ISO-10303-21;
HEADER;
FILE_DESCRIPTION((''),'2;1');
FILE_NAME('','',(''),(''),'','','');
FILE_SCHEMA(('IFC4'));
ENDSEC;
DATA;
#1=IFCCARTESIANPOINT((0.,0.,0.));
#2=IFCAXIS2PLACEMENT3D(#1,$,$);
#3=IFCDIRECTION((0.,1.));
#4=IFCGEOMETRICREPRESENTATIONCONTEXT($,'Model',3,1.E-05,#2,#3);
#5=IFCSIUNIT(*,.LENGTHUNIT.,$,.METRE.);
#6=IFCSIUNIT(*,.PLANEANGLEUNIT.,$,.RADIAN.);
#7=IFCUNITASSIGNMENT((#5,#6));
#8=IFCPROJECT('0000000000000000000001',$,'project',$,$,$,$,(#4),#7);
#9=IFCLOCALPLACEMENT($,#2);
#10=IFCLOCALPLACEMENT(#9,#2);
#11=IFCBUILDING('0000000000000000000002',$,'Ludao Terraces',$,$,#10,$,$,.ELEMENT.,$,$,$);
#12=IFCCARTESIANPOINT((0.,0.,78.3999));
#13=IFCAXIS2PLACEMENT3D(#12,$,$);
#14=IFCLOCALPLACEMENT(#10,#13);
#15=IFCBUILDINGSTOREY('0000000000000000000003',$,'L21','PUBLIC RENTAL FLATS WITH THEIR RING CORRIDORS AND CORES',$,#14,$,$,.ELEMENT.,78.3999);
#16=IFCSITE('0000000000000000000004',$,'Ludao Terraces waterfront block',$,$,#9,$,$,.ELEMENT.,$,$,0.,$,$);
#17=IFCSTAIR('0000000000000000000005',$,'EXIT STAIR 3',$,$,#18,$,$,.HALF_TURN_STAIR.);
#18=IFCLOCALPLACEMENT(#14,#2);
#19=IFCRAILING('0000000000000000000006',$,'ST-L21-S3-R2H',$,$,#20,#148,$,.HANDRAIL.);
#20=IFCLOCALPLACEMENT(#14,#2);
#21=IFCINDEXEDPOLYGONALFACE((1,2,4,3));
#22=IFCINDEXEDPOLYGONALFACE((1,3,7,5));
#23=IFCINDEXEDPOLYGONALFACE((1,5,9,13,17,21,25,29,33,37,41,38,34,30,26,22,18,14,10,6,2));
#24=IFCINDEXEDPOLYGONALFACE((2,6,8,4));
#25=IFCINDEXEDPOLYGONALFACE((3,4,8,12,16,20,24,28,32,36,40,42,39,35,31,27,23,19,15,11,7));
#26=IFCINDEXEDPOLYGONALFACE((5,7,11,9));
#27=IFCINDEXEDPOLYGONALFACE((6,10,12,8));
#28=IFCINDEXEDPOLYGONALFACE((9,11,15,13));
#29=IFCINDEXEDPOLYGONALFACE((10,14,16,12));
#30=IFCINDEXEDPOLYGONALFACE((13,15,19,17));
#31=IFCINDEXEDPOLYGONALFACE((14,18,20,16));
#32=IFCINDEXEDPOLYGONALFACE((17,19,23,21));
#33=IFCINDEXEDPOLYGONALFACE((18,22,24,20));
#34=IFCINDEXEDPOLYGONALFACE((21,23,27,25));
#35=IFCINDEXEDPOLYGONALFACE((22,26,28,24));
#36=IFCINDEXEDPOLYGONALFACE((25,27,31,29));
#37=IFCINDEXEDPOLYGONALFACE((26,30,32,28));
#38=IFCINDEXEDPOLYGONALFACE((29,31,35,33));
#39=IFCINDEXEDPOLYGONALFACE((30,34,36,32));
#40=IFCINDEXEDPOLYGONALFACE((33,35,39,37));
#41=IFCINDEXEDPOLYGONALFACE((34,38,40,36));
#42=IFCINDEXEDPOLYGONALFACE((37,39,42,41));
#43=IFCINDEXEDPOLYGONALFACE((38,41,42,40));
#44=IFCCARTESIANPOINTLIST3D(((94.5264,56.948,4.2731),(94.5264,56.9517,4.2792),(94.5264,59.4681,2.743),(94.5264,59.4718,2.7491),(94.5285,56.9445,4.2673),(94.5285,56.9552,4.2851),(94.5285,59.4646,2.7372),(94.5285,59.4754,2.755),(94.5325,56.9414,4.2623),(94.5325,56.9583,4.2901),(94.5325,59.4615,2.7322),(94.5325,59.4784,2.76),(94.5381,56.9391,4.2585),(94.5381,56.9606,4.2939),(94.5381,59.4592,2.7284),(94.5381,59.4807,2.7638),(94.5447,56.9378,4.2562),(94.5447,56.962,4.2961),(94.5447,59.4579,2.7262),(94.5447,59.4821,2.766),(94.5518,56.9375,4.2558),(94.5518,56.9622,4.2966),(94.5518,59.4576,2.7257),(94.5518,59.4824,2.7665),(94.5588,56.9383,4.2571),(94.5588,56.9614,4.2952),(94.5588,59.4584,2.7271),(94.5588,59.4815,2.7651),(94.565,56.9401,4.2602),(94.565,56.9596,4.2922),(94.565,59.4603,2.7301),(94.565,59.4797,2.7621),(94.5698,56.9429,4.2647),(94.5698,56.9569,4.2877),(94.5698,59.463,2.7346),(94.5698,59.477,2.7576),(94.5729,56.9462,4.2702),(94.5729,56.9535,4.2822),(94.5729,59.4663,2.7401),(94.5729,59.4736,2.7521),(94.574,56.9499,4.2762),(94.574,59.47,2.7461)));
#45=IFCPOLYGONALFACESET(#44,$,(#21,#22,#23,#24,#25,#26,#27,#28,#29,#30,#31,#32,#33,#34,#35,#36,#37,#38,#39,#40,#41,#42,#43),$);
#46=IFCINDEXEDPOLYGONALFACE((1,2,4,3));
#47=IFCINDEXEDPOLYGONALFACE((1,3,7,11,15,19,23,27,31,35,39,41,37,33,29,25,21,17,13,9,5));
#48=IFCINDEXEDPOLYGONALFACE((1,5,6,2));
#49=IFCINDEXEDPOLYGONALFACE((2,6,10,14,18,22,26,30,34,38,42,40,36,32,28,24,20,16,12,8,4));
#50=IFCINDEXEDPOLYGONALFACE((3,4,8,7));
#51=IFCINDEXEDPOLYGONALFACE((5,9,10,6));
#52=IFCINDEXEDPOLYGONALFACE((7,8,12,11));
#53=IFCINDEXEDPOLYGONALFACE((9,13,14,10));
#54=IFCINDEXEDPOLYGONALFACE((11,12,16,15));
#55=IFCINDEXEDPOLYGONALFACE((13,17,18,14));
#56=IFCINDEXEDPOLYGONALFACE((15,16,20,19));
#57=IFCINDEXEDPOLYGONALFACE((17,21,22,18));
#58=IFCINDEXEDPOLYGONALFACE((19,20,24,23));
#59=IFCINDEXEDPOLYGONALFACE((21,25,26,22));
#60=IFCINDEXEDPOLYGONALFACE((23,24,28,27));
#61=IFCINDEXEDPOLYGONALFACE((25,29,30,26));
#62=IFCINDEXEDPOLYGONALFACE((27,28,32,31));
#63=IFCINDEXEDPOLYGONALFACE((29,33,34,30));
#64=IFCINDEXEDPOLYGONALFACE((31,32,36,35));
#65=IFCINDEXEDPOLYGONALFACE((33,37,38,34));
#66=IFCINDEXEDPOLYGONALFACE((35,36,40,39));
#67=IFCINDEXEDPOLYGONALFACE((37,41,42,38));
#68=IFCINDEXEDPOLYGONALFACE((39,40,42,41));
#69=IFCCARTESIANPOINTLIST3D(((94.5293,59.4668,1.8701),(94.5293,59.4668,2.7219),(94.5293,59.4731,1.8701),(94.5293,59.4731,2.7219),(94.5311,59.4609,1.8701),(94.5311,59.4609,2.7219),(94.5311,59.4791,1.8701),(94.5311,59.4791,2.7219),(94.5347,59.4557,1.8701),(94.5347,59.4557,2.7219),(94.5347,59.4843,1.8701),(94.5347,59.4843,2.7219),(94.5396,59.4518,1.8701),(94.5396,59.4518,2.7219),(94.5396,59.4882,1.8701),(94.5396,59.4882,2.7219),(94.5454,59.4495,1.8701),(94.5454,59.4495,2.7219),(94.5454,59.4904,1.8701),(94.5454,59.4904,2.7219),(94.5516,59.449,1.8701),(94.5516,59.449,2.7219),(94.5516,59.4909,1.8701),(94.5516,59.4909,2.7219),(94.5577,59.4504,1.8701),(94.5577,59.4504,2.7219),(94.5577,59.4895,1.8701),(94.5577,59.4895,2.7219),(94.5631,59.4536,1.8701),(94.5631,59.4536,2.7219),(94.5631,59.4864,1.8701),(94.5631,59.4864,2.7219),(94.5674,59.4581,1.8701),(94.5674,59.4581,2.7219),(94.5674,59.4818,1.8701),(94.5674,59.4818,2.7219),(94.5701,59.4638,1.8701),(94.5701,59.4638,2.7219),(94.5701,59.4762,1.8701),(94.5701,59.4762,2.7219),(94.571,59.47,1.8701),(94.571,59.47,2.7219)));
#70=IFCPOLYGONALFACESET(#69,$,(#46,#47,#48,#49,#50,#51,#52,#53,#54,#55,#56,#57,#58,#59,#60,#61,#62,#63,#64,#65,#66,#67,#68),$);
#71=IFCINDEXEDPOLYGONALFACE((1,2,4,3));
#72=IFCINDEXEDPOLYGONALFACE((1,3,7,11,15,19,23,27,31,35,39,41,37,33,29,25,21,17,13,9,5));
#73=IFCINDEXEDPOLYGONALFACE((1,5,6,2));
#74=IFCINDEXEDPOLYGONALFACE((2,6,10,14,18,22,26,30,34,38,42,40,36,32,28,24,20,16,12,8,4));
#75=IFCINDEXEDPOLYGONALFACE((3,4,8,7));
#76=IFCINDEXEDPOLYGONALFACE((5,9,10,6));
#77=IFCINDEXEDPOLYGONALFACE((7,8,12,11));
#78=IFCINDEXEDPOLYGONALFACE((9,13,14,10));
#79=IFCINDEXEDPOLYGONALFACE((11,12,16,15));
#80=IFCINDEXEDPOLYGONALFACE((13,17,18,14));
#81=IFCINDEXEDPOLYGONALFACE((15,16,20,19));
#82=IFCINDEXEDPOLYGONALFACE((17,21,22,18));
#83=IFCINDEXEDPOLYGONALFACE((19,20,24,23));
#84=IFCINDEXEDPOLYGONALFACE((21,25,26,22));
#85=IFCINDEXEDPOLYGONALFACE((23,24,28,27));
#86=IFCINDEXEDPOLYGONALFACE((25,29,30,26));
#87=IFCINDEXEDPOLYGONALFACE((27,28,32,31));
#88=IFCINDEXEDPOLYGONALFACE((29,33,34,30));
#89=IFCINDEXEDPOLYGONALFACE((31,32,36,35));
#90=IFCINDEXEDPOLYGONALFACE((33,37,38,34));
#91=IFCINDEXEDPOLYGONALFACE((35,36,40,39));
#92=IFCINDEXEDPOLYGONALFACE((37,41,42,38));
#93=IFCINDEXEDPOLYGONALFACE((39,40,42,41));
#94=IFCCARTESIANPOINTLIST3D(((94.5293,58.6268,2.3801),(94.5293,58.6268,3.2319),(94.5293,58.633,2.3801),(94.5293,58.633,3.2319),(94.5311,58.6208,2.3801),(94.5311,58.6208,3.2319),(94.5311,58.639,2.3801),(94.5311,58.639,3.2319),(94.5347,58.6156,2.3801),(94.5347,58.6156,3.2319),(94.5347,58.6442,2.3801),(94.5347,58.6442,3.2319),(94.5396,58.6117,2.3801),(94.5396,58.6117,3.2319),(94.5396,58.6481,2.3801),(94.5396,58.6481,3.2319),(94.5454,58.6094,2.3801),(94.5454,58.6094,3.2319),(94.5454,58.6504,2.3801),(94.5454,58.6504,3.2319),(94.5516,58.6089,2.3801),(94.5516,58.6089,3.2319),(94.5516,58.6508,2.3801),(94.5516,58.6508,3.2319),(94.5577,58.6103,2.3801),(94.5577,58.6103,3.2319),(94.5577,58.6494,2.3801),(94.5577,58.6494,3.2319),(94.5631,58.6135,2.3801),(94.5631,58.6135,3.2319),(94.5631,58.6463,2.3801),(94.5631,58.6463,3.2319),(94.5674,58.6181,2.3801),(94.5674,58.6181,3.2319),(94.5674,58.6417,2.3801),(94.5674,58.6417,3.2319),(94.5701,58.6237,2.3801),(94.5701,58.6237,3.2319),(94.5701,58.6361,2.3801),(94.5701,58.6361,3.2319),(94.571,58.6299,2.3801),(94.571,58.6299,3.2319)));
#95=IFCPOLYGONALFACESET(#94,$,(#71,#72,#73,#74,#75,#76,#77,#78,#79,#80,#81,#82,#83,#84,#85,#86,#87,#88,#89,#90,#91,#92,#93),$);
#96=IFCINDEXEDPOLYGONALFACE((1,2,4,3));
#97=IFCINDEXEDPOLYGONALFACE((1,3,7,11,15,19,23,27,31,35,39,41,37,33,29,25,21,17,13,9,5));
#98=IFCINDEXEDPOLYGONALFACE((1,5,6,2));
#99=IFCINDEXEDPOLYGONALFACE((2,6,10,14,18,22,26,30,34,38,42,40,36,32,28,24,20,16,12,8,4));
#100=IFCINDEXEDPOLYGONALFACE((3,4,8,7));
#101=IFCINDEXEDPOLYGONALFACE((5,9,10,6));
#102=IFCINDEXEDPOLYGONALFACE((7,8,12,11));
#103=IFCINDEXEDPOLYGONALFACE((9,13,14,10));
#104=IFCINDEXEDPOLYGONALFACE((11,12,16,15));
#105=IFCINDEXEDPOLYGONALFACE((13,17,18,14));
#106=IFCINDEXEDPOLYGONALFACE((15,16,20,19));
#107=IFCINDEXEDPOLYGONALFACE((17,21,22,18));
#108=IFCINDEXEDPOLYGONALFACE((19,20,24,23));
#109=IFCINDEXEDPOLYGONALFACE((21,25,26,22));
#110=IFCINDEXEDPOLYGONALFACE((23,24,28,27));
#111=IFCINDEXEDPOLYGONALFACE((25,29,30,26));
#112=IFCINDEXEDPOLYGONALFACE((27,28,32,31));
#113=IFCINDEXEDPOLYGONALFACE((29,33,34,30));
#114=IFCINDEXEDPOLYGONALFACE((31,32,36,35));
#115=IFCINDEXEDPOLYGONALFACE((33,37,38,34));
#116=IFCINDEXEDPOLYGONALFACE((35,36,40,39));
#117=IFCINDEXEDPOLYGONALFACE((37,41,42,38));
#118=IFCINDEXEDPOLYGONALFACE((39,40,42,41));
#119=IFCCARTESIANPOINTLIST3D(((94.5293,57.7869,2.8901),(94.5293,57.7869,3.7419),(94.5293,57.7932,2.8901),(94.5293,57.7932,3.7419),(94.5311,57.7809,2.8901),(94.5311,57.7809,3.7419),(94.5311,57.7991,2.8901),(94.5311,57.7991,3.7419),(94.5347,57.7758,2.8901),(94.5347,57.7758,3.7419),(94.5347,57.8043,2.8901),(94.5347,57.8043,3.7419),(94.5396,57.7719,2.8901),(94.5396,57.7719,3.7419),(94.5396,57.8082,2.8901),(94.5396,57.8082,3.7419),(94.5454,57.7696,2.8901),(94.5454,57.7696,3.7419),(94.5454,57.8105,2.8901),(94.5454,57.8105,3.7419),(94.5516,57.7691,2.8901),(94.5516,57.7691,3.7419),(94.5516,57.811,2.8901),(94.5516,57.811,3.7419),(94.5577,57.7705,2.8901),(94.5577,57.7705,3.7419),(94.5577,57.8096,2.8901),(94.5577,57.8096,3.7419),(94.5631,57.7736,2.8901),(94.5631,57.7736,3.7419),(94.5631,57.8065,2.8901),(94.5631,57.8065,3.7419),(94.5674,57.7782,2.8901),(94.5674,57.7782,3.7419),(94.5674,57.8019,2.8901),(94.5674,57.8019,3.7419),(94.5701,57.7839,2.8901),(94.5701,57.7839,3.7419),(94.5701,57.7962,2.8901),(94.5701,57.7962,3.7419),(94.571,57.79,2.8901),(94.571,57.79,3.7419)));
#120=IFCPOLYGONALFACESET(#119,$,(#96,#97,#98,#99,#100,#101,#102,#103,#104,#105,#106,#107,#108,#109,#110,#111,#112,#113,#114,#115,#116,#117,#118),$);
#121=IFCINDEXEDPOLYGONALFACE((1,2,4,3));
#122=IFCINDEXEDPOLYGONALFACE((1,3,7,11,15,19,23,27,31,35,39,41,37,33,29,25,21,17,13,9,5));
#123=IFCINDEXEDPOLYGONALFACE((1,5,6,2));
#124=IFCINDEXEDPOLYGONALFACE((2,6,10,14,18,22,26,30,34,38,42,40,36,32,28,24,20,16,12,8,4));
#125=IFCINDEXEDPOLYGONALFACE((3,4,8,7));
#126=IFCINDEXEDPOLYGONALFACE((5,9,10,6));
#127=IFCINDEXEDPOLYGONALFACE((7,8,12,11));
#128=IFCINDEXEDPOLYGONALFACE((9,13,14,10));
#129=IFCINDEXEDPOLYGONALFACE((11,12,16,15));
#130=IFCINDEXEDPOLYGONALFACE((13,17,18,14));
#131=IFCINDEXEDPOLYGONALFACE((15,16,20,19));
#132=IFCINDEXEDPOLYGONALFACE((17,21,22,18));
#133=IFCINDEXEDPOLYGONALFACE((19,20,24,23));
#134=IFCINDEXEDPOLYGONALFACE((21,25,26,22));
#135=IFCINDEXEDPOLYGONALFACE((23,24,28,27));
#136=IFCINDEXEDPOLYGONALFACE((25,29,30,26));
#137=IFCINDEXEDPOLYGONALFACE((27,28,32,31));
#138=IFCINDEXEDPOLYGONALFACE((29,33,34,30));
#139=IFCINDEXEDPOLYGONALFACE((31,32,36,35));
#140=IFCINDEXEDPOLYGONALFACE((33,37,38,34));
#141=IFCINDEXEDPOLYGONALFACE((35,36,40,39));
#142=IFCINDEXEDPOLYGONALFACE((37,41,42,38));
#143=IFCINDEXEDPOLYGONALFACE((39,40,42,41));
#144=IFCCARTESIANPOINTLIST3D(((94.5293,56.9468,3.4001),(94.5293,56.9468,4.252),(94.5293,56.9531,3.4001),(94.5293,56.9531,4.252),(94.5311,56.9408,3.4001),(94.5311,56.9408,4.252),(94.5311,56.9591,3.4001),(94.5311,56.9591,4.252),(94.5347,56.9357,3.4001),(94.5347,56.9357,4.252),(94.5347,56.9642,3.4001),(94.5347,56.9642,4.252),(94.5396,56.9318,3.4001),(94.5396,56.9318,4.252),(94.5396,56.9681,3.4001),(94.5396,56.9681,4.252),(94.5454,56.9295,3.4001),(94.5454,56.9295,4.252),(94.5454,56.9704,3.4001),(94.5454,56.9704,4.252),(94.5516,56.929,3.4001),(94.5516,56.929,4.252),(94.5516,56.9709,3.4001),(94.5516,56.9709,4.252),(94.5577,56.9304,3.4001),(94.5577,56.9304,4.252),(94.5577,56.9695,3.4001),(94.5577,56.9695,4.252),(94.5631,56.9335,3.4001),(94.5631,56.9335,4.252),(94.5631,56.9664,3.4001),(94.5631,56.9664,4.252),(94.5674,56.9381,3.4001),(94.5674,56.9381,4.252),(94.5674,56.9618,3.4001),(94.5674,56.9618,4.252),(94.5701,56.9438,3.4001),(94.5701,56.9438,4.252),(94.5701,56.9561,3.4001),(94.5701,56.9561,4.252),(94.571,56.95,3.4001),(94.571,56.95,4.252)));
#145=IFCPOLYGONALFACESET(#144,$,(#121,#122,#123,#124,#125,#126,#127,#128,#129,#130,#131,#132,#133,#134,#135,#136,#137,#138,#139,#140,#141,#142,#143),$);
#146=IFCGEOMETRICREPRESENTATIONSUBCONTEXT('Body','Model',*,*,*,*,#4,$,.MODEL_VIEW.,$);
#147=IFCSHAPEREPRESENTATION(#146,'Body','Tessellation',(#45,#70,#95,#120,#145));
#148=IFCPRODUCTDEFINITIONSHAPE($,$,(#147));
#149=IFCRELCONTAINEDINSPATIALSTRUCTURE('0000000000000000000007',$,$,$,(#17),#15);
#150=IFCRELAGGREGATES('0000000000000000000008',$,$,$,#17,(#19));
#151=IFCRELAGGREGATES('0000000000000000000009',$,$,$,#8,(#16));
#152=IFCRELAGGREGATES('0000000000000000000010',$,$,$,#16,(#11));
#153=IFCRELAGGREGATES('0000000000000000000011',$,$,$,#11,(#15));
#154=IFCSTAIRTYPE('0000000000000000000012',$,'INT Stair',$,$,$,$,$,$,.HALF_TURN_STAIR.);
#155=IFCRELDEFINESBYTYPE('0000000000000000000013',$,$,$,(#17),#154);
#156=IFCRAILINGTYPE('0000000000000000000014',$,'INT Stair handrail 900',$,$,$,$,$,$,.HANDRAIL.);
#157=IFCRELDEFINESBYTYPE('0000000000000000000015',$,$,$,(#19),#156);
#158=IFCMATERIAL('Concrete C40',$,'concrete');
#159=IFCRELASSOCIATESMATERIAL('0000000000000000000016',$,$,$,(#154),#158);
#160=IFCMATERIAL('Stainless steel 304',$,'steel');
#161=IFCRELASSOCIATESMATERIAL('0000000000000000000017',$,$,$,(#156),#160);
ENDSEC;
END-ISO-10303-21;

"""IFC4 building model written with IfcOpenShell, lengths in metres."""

from ifc_helpers import new_model, si_unit, direction, frame, origin, origin_2d, place, context, subcontext, project, spatial, circle, extrude, material, type_object, element, aggregate, save


model = new_model("IFC4")

# Units and contexts
model_context = context("Model", 3, precision=1e-05, world=origin(), true_north=direction((0.0, 1.0)))
body_context = subcontext(model_context, "Body", "Model", "MODEL_VIEW")
ifc_project = project(units=[si_unit("LENGTHUNIT", "METRE"), si_unit("PLANEANGLEUNIT", "RADIAN")], contexts=[model_context])

# Site, building, storey
site_placement = place(None, origin())
site = spatial("IfcSite", under=ifc_project, at=site_placement, Name="Ludao Terraces waterfront block", CompositionType="ELEMENT", RefElevation=0.0)
building_placement = place(site_placement, origin())
building = spatial("IfcBuilding", under=site, at=building_placement, Name="Ludao Terraces", CompositionType="ELEMENT")
storey_placement = place(building_placement, frame((0.0, 0.0, 78.3999)))
storey = spatial("IfcBuildingStorey", under=building, at=storey_placement, Name="L21", Description="PUBLIC RENTAL FLATS WITH THEIR RING CORRIDORS AND CORES", CompositionType="ELEMENT", Elevation=78.3999)

# Stair, railing
ifc_material_1 = material(Name="Concrete C40", Category="concrete")
stair_type = type_object("IfcStairType", Name="INT Stair", PredefinedType="HALF_TURN_STAIR", material=ifc_material_1)
stair_placement = place(storey_placement, origin())
stair = element("IfcStair", 1, at=stair_placement, inside=storey, type_object=stair_type, Name="EXIT STAIR 3", PredefinedType="HALF_TURN_STAIR")
ifc_material_2 = material(Name="Stainless steel 304", Category="steel")
railing_type_1 = type_object("IfcRailingType", Name="INT Stair handrail 900", PredefinedType="HANDRAIL", material=ifc_material_2)
railing_1_placement = place(storey_placement, frame((94.55, 59.47, 1.8701)))
railing_1 = element("IfcRailing", 2, at=railing_1_placement, type_object=railing_type_1, Name="ST-L21-S3-R2H", PredefinedType="HANDRAIL", context=body_context, shape_type="SweptSolid", body=[
    extrude(circle(Radius=0.0239, at=origin_2d()), frame((0.0, 0.0, 0.876), z_axis=(0.0, -0.854785, 0.518982), x_axis=(1.0, 0.0, 0.0)), (0.0, 0.0, 1.0), 2.9482),
    extrude(circle(Radius=0.021, at=origin_2d()), origin(), (0.0, 0.0, 1.0), 0.8518),
    extrude(circle(Radius=0.021, at=origin_2d()), frame((0.0, -0.8401, 0.51)), (0.0, 0.0, 1.0), 0.8518),
    extrude(circle(Radius=0.021, at=origin_2d()), frame((0.0, -1.6799, 1.02)), (0.0, 0.0, 1.0), 0.8518),
    extrude(circle(Radius=0.021, at=origin_2d()), frame((0.0, -2.52, 1.53)), (0.0, 0.0, 1.0), 0.8518),
])
aggregate(stair, [railing_1])

save(model, "model.ifc")
